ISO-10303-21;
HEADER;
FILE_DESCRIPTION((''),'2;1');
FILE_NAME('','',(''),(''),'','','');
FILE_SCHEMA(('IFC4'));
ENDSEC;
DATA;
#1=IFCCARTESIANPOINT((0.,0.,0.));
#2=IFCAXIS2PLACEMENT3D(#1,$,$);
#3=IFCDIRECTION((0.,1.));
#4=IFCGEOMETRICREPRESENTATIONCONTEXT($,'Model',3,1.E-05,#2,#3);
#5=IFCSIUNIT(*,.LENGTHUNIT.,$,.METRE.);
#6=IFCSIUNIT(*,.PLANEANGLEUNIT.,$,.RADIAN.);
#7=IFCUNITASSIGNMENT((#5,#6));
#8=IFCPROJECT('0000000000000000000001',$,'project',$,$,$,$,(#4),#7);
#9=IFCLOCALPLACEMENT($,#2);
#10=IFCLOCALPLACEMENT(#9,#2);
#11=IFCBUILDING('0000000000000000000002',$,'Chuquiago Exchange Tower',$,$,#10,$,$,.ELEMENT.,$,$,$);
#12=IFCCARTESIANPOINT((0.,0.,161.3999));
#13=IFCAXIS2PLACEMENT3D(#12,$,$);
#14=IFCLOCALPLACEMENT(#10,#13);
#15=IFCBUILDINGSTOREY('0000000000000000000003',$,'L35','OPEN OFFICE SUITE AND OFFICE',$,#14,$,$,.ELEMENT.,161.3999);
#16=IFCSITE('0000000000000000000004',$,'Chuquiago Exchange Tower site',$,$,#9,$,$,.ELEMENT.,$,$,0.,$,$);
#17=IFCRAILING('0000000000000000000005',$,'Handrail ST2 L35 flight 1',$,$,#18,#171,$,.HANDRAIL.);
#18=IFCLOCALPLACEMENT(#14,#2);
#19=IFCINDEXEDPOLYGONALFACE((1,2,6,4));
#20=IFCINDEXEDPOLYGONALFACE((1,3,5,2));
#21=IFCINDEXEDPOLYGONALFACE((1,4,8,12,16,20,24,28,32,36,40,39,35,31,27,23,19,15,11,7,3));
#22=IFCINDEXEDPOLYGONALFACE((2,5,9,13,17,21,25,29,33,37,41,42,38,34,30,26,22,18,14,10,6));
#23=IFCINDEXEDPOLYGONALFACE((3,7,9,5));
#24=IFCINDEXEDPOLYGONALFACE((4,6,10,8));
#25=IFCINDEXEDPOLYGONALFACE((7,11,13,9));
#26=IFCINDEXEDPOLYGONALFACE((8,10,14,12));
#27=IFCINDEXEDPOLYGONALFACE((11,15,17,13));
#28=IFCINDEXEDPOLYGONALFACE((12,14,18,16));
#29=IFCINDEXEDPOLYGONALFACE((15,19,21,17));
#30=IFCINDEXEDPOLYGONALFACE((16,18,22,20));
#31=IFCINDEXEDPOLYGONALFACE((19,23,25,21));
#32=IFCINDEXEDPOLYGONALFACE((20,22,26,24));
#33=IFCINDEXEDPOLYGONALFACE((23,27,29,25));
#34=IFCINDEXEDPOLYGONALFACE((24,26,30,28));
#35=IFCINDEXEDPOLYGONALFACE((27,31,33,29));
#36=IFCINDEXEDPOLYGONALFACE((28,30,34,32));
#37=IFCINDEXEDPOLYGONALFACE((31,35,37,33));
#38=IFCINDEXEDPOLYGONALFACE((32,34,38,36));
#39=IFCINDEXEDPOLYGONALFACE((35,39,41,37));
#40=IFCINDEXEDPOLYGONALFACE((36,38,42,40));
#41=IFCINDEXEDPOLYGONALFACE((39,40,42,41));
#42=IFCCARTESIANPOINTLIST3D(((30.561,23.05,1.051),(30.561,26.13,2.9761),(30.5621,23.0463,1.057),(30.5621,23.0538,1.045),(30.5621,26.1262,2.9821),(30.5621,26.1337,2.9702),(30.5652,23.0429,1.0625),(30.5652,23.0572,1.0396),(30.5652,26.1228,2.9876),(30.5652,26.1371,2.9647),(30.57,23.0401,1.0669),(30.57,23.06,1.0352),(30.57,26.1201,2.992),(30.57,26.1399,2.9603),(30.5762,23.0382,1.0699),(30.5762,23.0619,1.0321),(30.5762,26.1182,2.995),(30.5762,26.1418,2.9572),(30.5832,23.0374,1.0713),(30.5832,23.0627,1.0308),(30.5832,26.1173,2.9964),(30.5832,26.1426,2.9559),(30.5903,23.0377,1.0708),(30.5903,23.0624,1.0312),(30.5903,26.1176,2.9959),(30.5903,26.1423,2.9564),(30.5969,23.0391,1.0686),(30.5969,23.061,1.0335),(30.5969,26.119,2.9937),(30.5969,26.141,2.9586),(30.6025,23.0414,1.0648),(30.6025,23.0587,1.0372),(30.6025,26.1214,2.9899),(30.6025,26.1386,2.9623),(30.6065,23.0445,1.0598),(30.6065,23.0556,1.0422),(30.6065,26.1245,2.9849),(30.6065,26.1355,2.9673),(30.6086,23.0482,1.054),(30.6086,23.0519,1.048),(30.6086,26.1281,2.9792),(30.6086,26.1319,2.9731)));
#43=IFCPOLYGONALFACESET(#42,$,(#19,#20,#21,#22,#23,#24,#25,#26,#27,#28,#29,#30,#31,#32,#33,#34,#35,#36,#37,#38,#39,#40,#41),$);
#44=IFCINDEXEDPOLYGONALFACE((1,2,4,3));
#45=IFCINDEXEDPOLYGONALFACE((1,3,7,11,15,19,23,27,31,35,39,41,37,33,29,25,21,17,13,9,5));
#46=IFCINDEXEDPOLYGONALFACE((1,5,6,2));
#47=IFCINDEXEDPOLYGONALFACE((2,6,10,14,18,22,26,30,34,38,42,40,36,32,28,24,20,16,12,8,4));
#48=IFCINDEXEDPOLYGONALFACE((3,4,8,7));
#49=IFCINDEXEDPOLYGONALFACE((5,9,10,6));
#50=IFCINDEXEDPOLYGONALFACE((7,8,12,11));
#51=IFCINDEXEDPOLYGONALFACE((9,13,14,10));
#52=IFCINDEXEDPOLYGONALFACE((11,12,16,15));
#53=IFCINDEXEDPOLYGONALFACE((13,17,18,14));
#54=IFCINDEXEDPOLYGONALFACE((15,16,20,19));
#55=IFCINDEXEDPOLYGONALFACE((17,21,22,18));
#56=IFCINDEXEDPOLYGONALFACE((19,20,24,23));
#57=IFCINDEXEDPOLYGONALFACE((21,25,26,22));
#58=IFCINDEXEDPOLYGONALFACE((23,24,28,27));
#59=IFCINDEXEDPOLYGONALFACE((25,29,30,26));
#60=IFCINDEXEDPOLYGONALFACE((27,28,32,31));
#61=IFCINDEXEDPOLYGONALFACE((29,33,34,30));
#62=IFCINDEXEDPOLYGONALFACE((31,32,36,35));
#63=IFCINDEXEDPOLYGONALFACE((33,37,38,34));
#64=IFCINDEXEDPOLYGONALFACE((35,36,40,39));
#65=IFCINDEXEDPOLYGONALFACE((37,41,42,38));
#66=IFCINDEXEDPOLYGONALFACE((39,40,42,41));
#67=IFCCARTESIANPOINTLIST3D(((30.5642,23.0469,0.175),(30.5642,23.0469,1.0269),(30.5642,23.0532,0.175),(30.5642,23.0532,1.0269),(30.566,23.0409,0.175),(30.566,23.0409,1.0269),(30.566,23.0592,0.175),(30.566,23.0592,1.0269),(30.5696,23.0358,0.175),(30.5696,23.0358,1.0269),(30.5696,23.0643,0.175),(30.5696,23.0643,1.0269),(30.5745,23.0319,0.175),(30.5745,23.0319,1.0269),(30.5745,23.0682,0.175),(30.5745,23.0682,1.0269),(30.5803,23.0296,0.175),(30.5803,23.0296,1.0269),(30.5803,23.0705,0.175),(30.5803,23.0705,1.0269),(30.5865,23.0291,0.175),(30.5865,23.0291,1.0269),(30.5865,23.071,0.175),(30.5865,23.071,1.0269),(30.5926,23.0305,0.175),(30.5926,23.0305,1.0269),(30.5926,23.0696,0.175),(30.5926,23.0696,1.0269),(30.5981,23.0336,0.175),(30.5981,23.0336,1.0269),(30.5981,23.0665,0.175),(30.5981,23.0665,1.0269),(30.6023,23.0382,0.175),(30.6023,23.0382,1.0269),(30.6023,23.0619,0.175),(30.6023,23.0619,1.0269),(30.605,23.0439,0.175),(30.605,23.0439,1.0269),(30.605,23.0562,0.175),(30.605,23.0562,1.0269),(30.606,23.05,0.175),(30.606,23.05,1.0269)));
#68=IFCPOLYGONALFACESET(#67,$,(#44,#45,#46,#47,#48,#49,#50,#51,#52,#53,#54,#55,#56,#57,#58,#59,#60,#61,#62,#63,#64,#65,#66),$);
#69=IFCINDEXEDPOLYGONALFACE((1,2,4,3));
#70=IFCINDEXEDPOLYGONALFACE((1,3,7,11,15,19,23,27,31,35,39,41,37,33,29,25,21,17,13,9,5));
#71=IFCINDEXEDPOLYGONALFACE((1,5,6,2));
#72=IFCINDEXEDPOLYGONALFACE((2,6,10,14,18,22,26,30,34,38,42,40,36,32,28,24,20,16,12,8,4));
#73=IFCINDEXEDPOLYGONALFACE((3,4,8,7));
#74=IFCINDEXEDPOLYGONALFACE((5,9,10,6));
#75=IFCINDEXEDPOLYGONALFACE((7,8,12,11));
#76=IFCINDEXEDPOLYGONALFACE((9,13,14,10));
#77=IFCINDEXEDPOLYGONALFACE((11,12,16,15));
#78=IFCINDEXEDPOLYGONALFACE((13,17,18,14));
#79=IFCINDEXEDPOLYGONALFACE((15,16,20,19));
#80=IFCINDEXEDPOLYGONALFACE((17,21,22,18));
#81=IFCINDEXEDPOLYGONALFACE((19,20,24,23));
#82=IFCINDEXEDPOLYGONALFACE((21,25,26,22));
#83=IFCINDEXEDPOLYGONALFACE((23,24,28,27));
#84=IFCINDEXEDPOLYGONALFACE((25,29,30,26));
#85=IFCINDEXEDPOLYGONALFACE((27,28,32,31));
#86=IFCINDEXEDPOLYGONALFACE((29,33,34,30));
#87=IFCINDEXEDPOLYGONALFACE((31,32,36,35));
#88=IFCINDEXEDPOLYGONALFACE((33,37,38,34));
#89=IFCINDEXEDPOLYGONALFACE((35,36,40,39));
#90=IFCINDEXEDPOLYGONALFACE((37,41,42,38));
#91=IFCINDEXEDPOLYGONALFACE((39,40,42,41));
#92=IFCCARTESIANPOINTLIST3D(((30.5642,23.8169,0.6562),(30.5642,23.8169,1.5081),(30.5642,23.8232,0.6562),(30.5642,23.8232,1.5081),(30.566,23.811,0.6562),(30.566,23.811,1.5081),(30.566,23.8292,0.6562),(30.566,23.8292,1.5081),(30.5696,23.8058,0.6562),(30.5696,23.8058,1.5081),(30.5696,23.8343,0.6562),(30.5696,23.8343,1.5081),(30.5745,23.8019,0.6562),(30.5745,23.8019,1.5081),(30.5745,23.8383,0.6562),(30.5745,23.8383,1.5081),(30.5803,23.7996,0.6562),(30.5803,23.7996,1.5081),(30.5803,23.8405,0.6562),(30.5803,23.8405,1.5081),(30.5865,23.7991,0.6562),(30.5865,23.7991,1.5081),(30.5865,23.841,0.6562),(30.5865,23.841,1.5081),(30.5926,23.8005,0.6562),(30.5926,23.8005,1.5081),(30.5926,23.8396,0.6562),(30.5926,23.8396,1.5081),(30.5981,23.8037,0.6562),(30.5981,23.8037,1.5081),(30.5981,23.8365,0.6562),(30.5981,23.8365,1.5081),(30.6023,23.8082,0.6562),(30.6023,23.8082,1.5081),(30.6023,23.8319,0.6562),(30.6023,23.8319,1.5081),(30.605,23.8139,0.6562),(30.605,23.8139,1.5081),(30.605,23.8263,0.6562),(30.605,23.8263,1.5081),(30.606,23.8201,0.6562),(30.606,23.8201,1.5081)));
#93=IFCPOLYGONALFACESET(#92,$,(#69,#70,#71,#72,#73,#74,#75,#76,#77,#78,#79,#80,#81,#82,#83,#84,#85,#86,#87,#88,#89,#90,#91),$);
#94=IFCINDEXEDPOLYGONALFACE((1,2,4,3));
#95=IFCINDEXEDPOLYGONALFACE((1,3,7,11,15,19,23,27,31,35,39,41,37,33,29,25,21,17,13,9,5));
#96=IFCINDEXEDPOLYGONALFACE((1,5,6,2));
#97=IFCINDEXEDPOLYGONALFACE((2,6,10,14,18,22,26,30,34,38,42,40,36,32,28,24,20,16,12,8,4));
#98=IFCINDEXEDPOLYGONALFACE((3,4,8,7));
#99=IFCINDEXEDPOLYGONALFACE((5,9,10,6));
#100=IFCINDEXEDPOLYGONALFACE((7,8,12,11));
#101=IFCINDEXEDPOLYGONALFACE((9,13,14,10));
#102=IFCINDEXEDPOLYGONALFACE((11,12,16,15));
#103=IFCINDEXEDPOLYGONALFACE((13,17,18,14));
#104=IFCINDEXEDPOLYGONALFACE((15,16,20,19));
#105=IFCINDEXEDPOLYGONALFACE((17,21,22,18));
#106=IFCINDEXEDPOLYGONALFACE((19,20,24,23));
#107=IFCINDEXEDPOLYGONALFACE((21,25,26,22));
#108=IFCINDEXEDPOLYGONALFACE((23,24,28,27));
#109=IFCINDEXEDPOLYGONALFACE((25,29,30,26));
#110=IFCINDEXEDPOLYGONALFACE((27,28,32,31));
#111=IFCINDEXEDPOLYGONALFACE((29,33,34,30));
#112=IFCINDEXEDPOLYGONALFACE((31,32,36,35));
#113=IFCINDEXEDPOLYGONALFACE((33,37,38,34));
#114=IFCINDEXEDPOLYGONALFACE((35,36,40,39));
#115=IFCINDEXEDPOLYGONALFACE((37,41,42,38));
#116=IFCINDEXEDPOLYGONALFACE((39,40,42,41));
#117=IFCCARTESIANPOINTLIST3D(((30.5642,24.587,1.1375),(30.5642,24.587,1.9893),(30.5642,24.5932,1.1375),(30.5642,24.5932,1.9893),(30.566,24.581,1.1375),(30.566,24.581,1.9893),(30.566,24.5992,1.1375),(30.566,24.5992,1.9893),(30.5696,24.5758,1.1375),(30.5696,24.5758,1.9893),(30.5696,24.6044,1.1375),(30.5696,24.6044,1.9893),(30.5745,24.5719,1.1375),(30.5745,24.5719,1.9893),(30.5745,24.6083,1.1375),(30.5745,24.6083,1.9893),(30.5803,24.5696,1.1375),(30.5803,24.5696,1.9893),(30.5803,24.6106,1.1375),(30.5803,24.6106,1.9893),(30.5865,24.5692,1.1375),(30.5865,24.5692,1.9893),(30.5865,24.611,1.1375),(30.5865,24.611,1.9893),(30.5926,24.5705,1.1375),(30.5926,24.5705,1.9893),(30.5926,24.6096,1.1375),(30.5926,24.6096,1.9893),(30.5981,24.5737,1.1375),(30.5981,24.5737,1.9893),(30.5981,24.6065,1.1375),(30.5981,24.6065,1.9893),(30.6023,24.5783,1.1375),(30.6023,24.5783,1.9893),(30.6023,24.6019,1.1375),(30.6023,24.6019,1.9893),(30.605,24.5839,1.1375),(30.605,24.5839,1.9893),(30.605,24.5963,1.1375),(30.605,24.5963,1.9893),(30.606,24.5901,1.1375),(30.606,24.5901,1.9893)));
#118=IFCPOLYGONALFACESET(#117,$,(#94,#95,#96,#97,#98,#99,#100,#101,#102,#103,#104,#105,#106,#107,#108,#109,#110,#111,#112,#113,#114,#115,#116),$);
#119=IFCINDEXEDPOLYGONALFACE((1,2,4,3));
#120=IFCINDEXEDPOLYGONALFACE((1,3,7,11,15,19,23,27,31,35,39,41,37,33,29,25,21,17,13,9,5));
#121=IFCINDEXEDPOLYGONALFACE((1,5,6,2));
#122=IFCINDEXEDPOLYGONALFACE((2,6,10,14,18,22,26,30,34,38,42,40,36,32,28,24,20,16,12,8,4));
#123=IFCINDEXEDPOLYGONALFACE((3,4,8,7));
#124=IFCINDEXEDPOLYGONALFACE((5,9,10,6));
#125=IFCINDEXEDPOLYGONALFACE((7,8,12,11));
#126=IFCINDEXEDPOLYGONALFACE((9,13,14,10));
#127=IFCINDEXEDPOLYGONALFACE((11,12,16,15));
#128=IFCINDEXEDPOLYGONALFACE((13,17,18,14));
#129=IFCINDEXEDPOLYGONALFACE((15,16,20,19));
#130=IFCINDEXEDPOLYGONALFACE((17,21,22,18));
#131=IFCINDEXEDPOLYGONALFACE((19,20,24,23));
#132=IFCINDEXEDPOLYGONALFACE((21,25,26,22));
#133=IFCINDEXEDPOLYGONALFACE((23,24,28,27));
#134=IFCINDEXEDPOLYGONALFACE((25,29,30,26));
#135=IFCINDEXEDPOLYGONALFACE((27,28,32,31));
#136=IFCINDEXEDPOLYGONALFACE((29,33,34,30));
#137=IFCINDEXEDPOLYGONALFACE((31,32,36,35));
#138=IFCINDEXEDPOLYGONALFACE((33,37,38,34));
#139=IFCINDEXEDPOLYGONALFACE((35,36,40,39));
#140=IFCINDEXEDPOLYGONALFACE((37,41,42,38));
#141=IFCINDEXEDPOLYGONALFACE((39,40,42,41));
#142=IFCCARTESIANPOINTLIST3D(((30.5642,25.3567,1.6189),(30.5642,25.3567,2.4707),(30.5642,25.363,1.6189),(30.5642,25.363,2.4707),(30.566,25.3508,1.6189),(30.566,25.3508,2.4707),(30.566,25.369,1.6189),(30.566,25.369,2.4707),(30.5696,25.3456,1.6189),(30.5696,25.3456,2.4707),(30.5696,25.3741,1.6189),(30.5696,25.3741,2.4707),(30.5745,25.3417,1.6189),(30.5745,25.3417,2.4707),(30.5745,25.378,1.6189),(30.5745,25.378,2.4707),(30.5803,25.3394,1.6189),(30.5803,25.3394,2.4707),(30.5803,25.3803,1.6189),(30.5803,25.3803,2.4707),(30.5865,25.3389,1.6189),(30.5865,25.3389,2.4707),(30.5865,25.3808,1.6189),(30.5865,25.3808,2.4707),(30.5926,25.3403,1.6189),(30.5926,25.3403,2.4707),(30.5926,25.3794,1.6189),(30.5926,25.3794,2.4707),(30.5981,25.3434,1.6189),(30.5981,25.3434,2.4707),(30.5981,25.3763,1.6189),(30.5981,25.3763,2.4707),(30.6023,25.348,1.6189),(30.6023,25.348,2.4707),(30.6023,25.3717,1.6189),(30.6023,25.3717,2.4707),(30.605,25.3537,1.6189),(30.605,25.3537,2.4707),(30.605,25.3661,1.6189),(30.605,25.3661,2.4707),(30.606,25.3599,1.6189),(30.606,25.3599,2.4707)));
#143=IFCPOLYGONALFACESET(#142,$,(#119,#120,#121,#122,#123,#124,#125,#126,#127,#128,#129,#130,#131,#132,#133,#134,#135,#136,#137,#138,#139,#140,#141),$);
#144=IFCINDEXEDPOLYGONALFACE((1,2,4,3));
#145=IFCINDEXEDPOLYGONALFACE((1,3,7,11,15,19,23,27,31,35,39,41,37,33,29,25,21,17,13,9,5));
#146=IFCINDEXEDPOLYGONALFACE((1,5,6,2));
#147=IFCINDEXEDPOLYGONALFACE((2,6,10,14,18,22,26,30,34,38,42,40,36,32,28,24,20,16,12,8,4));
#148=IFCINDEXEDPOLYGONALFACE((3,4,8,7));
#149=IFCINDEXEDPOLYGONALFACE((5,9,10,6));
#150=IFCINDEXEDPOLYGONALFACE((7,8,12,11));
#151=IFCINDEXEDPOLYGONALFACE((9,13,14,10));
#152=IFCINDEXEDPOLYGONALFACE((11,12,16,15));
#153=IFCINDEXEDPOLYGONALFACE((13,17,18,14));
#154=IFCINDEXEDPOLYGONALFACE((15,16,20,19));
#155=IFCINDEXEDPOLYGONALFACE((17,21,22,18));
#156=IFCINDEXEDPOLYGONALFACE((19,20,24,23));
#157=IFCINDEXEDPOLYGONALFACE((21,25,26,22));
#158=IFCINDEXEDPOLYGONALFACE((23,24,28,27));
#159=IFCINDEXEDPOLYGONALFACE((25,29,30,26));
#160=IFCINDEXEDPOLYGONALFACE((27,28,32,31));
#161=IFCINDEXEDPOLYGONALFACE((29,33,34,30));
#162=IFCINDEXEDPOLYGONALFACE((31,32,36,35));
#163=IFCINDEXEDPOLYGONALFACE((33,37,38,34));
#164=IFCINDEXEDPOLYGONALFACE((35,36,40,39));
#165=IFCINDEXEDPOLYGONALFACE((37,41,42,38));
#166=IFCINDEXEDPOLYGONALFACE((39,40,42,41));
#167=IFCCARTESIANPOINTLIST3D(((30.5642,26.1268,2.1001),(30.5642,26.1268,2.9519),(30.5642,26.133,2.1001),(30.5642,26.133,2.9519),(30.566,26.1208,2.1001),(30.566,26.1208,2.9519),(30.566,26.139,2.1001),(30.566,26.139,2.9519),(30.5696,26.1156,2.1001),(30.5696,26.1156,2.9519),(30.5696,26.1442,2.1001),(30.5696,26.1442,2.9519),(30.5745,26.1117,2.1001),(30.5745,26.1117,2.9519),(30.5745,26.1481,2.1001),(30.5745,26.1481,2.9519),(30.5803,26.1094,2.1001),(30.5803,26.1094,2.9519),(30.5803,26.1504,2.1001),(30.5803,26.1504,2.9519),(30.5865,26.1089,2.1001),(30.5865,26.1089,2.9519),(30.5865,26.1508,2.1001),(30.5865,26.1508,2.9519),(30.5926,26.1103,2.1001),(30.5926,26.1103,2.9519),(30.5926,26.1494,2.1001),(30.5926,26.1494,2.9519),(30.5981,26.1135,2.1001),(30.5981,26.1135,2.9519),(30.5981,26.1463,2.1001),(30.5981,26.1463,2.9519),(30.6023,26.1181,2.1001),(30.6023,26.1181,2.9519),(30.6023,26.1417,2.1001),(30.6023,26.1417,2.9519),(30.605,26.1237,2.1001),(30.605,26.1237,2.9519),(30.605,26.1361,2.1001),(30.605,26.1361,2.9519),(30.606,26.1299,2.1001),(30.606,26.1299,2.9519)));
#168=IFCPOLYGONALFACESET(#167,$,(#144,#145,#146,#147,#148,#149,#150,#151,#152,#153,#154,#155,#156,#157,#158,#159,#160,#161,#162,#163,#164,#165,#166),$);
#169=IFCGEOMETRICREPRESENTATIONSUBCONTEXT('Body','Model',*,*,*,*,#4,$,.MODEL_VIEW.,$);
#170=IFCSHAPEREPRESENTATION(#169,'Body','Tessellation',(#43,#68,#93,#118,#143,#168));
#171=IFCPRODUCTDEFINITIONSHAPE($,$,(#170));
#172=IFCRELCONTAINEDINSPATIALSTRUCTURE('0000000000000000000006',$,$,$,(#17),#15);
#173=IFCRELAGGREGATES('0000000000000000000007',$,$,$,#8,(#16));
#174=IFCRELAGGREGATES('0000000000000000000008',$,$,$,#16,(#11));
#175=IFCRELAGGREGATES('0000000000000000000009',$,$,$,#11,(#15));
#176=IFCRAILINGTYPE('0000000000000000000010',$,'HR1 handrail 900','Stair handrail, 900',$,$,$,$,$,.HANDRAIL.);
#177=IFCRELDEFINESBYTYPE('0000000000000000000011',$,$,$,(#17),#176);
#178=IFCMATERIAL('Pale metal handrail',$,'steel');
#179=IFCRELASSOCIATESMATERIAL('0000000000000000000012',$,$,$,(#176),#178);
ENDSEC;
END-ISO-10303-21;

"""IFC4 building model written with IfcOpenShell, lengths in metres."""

from ifc_helpers import new_model, si_unit, direction, frame, origin, origin_2d, place, context, subcontext, project, spatial, circle, extrude, material, type_object, element, save


model = new_model("IFC4")

# Units and contexts
model_context = context("Model", 3, precision=1e-05, world=origin(), true_north=direction((0.0, 1.0)))
body_context = subcontext(model_context, "Body", "Model", "MODEL_VIEW")
ifc_project = project(units=[si_unit("LENGTHUNIT", "METRE"), si_unit("PLANEANGLEUNIT", "RADIAN")], contexts=[model_context])

# Site, building, storey
site_placement = place(None, origin())
site = spatial("IfcSite", under=ifc_project, at=site_placement, Name="Chuquiago Exchange Tower site", CompositionType="ELEMENT", RefElevation=0.0)
building_placement = place(site_placement, origin())
building = spatial("IfcBuilding", under=site, at=building_placement, Name="Chuquiago Exchange Tower", CompositionType="ELEMENT")
storey_placement = place(building_placement, frame((0.0, 0.0, 161.3999)))
storey = spatial("IfcBuildingStorey", under=building, at=storey_placement, Name="L35", Description="OPEN OFFICE SUITE AND OFFICE", CompositionType="ELEMENT", Elevation=161.3999)

# Railing
ifc_material_1 = material(Name="Pale metal handrail", Category="steel")
railing_type_1 = type_object("IfcRailingType", Name="HR1 handrail 900", Description="Stair handrail, 900", PredefinedType="HANDRAIL", material=ifc_material_1)
for number, where, name in (
    (1, (30.585, 23.05, 0.175), "Handrail ST2 L35 flight 1"),
):
    element("IfcRailing", number, at=place(storey_placement, frame(where)), inside=storey, type_object=railing_type_1, Name=name, PredefinedType="HANDRAIL", context=body_context, shape_type="SweptSolid", body=[
        extrude(circle(Radius=0.0239, at=origin_2d()), frame((0.0, 0.0, 0.876), z_axis=(0.0, 0.847979, 0.530029), x_axis=(-1.0, 0.0, 0.0)), (0.0, 0.0, 1.0), 3.6321),
        extrude(circle(Radius=0.021, at=origin_2d()), origin(), (0.0, 0.0, 1.0), 0.8518),
        extrude(circle(Radius=0.021, at=origin_2d()), frame((0.0, 0.77, 0.4812)), (0.0, 0.0, 1.0), 0.8518),
        extrude(circle(Radius=0.021, at=origin_2d()), frame((0.0, 1.54, 0.9624)), (0.0, 0.0, 1.0), 0.8518),
        extrude(circle(Radius=0.021, at=origin_2d()), frame((0.0, 2.3098, 1.4438)), (0.0, 0.0, 1.0), 0.8518),
        extrude(circle(Radius=0.021, at=origin_2d()), frame((0.0, 3.0798, 1.925)), (0.0, 0.0, 1.0), 0.8518),
    ])

save(model, "model.ifc")
